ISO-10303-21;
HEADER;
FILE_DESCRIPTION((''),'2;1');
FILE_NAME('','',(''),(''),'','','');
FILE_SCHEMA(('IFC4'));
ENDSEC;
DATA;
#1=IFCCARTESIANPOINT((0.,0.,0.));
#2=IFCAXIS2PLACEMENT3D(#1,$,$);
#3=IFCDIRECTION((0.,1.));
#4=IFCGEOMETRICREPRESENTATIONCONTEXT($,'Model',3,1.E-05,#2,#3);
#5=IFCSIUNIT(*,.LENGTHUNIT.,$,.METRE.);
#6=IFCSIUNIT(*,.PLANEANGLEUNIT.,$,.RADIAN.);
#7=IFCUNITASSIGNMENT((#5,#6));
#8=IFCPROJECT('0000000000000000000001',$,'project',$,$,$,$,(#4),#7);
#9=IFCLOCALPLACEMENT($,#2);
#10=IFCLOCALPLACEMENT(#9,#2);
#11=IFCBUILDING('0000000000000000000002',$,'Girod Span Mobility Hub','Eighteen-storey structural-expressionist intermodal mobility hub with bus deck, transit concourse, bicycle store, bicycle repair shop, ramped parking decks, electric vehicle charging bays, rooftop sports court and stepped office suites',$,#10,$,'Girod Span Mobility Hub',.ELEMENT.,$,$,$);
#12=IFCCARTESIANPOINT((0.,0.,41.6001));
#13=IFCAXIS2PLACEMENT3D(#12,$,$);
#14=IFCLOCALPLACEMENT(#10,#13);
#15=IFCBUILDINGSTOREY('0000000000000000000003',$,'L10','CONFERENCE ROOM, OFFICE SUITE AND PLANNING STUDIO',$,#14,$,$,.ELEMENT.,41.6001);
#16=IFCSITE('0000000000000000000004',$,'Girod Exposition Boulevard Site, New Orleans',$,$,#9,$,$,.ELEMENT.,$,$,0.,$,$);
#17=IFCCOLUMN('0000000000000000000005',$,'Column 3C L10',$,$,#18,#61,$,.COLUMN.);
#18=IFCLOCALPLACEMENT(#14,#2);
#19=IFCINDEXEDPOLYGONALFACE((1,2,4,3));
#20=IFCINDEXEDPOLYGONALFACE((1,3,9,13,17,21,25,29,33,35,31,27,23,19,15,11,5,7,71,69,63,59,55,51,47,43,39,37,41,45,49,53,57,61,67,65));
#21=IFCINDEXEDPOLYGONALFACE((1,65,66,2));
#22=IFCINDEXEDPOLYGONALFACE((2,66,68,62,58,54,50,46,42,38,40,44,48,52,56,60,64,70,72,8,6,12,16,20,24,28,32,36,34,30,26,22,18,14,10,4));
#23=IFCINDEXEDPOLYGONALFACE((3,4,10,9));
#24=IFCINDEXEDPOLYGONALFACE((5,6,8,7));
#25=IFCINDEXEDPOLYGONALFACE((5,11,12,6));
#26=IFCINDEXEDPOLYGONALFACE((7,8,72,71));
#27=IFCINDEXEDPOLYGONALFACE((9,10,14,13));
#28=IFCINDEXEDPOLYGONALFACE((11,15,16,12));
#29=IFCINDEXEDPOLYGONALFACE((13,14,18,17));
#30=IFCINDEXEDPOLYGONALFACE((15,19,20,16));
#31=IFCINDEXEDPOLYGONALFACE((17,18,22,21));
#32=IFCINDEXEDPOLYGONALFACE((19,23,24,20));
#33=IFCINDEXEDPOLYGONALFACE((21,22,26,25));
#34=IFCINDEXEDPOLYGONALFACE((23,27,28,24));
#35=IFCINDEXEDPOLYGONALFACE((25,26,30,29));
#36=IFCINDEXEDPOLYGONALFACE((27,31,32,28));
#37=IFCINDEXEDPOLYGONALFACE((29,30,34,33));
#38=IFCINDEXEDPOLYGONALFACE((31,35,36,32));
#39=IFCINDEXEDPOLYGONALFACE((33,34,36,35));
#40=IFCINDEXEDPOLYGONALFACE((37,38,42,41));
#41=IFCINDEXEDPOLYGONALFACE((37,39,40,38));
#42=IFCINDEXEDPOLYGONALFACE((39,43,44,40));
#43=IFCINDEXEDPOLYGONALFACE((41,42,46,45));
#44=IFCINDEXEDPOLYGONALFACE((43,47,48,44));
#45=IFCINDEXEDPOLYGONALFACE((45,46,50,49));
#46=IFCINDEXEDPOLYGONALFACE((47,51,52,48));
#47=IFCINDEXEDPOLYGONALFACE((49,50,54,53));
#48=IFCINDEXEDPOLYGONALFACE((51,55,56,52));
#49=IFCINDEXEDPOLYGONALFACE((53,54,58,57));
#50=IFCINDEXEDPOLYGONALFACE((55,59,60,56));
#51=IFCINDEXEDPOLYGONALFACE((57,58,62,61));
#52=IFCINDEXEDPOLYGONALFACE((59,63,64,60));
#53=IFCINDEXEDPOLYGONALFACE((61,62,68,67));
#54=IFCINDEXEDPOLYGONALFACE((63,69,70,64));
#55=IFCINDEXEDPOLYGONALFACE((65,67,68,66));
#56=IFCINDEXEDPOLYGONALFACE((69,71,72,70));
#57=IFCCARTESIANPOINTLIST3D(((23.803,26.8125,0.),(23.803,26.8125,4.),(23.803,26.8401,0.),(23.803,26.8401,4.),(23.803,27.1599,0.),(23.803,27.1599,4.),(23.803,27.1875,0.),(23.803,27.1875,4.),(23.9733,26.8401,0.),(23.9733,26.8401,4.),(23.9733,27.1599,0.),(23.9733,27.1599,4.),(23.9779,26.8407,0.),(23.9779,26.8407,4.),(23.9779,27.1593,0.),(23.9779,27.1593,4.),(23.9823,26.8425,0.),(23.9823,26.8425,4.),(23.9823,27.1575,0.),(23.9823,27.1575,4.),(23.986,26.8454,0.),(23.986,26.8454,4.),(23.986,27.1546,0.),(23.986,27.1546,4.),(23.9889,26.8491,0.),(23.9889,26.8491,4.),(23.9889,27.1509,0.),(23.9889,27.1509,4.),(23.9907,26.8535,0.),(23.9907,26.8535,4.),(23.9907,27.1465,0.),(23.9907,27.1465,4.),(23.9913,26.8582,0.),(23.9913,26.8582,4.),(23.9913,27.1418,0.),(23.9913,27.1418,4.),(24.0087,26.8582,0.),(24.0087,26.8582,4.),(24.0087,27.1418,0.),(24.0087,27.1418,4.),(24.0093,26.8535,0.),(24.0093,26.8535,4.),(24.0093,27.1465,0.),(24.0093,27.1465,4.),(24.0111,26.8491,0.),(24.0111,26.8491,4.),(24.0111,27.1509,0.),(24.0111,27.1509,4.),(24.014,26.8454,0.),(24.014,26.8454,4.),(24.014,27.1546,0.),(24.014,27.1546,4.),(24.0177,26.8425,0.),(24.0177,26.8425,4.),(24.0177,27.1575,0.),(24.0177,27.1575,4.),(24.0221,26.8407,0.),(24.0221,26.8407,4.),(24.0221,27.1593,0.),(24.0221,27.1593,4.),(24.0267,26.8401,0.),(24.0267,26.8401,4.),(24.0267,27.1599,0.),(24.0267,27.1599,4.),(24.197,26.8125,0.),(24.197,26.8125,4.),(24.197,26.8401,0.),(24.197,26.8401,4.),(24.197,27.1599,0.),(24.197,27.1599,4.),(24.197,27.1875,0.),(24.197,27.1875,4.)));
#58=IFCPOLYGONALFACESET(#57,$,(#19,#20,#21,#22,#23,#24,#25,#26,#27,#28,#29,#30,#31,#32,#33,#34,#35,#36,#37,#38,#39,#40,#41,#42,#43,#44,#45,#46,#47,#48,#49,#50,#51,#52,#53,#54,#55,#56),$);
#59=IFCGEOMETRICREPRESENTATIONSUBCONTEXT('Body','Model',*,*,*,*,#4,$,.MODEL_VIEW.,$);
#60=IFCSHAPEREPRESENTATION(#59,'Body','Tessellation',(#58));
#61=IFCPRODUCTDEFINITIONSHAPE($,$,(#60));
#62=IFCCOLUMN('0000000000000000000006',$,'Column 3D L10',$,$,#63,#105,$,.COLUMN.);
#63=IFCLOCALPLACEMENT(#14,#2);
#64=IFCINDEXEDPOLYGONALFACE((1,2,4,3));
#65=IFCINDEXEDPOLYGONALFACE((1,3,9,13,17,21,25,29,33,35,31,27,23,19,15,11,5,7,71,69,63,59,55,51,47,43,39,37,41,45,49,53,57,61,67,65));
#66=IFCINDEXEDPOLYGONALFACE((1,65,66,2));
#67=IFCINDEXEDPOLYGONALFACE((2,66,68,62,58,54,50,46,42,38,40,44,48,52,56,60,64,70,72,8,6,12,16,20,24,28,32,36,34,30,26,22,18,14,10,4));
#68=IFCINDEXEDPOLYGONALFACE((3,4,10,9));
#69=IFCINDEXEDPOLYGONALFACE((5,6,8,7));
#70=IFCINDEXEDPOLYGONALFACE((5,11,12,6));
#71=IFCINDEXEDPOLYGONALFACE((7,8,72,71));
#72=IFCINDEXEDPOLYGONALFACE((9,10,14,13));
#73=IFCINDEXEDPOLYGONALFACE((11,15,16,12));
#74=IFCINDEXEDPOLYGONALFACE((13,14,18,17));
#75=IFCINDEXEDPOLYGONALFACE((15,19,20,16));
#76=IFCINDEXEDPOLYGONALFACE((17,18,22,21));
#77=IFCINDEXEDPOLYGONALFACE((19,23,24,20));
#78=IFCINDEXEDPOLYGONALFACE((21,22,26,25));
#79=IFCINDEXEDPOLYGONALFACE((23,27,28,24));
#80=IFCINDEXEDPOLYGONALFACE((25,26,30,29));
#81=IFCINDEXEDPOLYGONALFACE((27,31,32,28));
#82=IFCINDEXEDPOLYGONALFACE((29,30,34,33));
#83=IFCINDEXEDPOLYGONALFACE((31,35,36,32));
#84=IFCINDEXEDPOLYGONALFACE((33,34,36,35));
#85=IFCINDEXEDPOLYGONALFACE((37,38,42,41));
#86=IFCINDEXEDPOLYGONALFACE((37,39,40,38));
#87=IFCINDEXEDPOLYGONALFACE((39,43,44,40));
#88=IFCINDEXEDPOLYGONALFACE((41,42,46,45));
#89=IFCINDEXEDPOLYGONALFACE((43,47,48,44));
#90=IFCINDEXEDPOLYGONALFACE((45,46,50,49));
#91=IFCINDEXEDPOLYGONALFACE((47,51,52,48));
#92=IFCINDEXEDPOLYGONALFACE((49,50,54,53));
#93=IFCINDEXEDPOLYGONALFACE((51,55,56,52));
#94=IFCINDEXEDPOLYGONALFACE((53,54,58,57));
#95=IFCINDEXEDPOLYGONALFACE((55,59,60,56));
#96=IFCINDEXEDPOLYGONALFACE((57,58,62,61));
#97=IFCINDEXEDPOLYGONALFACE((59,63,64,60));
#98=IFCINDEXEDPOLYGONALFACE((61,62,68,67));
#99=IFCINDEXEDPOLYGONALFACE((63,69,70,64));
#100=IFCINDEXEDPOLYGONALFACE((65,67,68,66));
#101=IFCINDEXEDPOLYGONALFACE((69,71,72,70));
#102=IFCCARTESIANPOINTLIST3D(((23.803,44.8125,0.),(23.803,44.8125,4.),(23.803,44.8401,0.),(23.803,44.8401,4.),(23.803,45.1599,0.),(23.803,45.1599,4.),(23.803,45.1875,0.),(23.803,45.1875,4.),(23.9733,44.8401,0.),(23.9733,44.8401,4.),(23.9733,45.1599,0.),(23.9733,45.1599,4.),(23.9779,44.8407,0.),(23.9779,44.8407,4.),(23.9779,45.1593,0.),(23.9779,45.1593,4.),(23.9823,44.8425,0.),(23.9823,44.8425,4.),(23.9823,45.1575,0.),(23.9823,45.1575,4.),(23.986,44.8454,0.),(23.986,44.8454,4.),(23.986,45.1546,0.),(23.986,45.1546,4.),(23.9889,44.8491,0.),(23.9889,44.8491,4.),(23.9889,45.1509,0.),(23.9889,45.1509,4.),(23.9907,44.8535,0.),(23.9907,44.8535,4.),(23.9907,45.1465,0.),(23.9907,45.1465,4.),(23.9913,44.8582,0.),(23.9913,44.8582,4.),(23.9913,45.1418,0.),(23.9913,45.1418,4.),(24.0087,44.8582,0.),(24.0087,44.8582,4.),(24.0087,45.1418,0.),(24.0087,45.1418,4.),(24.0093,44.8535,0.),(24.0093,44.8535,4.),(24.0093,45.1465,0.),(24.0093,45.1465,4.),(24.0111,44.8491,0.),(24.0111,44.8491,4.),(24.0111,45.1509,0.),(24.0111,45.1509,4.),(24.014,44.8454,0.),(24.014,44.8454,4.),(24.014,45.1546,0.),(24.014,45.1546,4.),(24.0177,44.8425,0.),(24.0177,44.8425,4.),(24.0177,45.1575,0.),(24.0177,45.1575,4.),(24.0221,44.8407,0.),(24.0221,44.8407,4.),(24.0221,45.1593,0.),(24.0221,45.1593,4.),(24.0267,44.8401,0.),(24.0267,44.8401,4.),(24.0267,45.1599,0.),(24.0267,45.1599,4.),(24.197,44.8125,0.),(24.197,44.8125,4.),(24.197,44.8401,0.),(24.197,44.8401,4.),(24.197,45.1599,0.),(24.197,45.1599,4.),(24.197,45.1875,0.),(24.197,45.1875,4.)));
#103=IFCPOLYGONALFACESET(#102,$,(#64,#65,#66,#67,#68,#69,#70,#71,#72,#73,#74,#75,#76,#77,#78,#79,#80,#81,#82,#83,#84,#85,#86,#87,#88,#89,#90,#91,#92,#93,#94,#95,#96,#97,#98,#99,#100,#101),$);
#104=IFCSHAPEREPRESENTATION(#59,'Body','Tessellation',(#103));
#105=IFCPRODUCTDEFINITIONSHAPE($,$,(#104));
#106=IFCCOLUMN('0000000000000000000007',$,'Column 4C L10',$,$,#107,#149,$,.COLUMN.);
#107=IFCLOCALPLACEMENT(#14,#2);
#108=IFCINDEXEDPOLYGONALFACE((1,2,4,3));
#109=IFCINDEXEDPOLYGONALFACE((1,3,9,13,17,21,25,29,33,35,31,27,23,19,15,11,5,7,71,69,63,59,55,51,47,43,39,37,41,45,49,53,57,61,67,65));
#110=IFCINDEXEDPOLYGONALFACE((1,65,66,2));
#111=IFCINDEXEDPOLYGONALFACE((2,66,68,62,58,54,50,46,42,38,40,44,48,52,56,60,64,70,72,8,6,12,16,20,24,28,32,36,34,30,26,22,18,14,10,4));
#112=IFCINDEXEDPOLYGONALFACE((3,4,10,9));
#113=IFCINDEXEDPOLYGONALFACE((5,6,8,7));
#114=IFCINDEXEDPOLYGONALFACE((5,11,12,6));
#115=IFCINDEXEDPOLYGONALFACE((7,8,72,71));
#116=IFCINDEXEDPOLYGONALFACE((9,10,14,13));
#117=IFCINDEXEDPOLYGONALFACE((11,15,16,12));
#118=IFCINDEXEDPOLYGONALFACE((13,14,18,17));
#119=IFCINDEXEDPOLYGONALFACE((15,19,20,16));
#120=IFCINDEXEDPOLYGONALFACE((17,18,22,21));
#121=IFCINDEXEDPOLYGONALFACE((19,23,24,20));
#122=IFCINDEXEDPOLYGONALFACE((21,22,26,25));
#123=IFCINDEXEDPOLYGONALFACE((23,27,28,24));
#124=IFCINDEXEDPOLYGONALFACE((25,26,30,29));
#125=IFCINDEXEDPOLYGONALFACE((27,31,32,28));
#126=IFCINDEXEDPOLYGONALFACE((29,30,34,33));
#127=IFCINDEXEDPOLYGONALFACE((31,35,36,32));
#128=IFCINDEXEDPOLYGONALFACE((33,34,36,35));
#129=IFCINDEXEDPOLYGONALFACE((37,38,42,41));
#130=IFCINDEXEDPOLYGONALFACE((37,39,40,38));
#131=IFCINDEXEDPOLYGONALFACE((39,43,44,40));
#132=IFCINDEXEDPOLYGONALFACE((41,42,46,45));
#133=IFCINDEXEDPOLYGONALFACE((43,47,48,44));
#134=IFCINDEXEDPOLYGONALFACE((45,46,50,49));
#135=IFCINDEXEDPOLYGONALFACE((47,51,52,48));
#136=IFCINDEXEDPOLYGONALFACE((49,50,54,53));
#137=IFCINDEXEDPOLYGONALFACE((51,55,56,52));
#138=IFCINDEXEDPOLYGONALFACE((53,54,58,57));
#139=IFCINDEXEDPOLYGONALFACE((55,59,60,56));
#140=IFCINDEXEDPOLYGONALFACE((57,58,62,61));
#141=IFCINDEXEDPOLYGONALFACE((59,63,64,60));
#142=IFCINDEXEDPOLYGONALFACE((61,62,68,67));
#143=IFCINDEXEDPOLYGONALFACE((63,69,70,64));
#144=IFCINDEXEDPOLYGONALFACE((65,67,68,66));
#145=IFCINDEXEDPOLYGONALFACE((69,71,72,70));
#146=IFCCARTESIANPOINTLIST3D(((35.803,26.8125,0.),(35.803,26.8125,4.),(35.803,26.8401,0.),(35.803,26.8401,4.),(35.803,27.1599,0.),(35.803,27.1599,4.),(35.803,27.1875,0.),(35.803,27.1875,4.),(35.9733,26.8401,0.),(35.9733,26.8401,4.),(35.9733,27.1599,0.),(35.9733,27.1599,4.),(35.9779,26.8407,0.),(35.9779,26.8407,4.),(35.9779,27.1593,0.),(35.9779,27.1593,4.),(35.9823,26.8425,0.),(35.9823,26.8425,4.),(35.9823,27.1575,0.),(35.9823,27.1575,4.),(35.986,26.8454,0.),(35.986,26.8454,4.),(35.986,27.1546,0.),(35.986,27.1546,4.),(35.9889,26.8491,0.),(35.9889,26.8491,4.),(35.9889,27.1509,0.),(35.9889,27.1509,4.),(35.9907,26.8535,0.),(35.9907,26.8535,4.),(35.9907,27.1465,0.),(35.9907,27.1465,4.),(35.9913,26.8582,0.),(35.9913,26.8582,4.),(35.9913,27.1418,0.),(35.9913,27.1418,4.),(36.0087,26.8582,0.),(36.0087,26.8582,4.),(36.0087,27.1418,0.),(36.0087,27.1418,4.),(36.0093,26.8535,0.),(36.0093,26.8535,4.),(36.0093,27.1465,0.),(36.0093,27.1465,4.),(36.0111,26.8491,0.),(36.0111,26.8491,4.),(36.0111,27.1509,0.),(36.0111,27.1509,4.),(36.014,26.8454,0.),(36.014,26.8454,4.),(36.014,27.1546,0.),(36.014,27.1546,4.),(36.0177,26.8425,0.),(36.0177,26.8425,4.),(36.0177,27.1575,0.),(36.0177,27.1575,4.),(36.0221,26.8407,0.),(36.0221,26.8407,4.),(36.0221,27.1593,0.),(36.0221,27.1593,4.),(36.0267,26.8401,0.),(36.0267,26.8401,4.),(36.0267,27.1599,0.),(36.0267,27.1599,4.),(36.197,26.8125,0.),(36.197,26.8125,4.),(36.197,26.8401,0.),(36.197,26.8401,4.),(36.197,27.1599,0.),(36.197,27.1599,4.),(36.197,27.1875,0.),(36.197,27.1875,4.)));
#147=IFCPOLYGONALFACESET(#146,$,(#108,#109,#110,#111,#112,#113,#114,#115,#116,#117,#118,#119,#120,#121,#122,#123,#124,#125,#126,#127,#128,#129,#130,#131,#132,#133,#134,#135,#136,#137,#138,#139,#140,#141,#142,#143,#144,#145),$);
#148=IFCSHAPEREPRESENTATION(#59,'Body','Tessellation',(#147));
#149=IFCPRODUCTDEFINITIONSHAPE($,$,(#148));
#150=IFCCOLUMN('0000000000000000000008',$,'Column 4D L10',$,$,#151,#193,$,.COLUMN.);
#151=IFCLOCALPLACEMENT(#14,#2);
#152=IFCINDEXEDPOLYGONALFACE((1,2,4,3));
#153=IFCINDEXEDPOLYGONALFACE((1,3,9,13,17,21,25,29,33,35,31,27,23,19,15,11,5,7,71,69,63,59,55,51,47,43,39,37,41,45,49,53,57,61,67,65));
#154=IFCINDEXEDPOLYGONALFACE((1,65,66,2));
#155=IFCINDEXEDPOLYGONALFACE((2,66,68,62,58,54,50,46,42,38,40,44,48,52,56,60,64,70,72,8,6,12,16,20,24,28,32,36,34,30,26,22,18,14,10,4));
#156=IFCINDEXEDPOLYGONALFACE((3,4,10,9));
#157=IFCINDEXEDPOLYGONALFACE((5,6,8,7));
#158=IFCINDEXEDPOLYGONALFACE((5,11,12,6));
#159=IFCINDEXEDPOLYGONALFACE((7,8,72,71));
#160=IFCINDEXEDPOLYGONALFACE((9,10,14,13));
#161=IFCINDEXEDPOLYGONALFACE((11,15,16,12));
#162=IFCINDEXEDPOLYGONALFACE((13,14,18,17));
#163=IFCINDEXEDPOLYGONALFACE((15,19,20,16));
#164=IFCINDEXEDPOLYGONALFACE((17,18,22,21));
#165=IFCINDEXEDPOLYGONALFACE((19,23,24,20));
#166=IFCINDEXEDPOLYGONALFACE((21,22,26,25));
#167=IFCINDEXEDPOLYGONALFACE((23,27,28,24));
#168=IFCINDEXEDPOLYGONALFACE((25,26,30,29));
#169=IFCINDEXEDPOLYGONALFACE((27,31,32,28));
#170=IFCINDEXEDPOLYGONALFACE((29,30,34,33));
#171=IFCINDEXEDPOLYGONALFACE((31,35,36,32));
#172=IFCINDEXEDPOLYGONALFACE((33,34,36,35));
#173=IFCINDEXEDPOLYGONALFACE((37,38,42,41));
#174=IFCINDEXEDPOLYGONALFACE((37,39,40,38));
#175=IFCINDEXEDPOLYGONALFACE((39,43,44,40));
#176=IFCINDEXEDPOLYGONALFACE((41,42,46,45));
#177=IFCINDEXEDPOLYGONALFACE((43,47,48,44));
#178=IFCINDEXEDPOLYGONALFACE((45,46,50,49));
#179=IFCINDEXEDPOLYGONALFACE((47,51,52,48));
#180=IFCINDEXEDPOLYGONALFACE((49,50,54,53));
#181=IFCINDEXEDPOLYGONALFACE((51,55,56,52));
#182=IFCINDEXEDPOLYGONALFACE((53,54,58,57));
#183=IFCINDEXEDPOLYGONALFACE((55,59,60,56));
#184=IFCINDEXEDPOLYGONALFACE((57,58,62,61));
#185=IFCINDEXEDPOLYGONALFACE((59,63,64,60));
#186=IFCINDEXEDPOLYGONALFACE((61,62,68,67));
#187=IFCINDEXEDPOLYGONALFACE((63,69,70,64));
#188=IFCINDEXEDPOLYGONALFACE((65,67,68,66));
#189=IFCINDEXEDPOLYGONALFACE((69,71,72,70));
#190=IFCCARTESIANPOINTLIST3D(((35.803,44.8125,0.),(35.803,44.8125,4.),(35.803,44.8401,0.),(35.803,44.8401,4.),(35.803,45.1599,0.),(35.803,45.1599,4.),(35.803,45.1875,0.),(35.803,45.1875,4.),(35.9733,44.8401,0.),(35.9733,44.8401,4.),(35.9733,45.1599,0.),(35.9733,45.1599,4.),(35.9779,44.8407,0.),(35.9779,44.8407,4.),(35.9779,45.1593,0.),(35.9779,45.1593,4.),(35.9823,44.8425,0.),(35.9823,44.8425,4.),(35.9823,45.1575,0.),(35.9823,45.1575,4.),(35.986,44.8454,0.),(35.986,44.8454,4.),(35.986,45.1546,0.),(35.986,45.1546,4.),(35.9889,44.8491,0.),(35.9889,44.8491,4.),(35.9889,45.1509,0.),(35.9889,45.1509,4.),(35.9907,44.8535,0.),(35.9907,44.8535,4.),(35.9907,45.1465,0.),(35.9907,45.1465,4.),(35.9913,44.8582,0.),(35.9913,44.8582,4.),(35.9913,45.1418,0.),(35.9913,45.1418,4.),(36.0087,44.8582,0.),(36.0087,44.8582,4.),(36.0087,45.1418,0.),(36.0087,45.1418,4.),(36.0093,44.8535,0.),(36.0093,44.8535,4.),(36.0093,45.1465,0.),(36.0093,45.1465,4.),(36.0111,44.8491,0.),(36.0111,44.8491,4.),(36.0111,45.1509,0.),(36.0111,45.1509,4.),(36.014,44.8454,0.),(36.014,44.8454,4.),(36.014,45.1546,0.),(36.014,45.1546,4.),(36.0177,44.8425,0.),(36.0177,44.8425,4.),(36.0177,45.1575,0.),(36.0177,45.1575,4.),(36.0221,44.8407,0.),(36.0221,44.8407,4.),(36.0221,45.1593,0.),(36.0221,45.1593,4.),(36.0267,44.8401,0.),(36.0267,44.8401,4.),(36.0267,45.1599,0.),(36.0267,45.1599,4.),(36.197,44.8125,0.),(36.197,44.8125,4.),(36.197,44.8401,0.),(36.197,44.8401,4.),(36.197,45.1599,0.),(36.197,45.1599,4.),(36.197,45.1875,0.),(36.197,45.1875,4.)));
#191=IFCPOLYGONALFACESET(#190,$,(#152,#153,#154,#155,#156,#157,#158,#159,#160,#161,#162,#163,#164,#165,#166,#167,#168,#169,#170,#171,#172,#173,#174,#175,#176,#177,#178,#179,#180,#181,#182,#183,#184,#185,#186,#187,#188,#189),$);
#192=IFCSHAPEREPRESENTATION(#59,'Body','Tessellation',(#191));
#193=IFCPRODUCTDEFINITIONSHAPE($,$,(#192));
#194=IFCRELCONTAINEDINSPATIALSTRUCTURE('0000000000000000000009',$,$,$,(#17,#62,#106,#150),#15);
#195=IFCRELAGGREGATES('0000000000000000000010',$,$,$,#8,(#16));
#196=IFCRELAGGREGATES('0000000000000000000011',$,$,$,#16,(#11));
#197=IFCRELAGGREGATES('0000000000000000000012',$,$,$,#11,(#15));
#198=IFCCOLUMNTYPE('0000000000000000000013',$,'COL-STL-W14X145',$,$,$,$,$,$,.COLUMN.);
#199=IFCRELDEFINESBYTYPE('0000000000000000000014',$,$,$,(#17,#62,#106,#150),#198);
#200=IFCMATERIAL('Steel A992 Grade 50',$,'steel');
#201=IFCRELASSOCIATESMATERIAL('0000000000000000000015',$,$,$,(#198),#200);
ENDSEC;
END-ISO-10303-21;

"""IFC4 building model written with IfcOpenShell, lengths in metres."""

from ifc_helpers import new_model, si_unit, direction, frame, origin, origin_2d, place, context, subcontext, project, spatial, i_section, extrude, material, material_profile, profile_set, type_object, element, save


model = new_model("IFC4")

# Units and contexts
model_context = context("Model", 3, precision=1e-05, world=origin(), true_north=direction((0.0, 1.0)))
body_context = subcontext(model_context, "Body", "Model", "MODEL_VIEW")
ifc_project = project(units=[si_unit("LENGTHUNIT", "METRE"), si_unit("PLANEANGLEUNIT", "RADIAN")], contexts=[model_context])

# Site, building, storey
site_placement = place(None, origin())
site = spatial("IfcSite", under=ifc_project, at=site_placement, Name="Girod Exposition Boulevard Site, New Orleans", CompositionType="ELEMENT", RefElevation=0.0)
building_placement = place(site_placement, origin())
building = spatial("IfcBuilding", under=site, at=building_placement, Name="Girod Span Mobility Hub", Description="Eighteen-storey structural-expressionist intermodal mobility hub with bus deck, transit concourse, bicycle store, bicycle repair shop, ramped parking decks, electric vehicle charging bays, rooftop sports court and stepped office suites", LongName="Girod Span Mobility Hub", CompositionType="ELEMENT")
storey_placement = place(building_placement, frame((0.0, 0.0, 41.6001)))
storey = spatial("IfcBuildingStorey", under=building, at=storey_placement, Name="L10", Description="CONFERENCE ROOM, OFFICE SUITE AND PLANNING STUDIO", CompositionType="ELEMENT", Elevation=41.6001)

# Columns
ifc_material_1 = material(Name="Steel A992 Grade 50", Category="steel")
ifc_material_profile_1 = material_profile(ifc_material_1, i_section(OverallWidth=0.394, OverallDepth=0.375, WebThickness=0.0173, FlangeThickness=0.0276, FilletRadius=0.0181, at=origin_2d()), Name="W14X145")
ifc_profile_set_1 = profile_set([ifc_material_profile_1], Name="Steel A992 Grade 50")
column_type = type_object("IfcColumnType", Name="COL-STL-W14X145", PredefinedType="COLUMN", material=ifc_profile_set_1)
for number, where, z_axis, x_axis, name in (
    (1, (24.0, 27.0, 0.0), (0.0, 0.0, 1.0), (1.0, 0.0, 0.0), "Column 3C L10"),
    (2, (24.0, 45.0, 0.0), (0.0, 0.0, 1.0), (1.0, 0.0, 0.0), "Column 3D L10"),
    (3, (36.0, 27.0, 0.0), (0.0, 0.0, 1.0), (1.0, 0.0, 0.0), "Column 4C L10"),
    (4, (36.0, 45.0, 0.0), (0.0, 0.0, 1.0), (1.0, 0.0, 0.0), "Column 4D L10"),
):
    element("IfcColumn", number, at=place(storey_placement, frame(where, z_axis=z_axis, x_axis=x_axis)), inside=storey, type_object=column_type, Name=name, PredefinedType="COLUMN", context=body_context, shape_type="SweptSolid", body=[
        extrude(i_section(OverallWidth=0.394, OverallDepth=0.375, WebThickness=0.0173, FlangeThickness=0.0276, FilletRadius=0.0181, at=origin_2d()), origin(), (0.0, 0.0, 1.0), 4.0),
    ])

save(model, "model.ifc")
